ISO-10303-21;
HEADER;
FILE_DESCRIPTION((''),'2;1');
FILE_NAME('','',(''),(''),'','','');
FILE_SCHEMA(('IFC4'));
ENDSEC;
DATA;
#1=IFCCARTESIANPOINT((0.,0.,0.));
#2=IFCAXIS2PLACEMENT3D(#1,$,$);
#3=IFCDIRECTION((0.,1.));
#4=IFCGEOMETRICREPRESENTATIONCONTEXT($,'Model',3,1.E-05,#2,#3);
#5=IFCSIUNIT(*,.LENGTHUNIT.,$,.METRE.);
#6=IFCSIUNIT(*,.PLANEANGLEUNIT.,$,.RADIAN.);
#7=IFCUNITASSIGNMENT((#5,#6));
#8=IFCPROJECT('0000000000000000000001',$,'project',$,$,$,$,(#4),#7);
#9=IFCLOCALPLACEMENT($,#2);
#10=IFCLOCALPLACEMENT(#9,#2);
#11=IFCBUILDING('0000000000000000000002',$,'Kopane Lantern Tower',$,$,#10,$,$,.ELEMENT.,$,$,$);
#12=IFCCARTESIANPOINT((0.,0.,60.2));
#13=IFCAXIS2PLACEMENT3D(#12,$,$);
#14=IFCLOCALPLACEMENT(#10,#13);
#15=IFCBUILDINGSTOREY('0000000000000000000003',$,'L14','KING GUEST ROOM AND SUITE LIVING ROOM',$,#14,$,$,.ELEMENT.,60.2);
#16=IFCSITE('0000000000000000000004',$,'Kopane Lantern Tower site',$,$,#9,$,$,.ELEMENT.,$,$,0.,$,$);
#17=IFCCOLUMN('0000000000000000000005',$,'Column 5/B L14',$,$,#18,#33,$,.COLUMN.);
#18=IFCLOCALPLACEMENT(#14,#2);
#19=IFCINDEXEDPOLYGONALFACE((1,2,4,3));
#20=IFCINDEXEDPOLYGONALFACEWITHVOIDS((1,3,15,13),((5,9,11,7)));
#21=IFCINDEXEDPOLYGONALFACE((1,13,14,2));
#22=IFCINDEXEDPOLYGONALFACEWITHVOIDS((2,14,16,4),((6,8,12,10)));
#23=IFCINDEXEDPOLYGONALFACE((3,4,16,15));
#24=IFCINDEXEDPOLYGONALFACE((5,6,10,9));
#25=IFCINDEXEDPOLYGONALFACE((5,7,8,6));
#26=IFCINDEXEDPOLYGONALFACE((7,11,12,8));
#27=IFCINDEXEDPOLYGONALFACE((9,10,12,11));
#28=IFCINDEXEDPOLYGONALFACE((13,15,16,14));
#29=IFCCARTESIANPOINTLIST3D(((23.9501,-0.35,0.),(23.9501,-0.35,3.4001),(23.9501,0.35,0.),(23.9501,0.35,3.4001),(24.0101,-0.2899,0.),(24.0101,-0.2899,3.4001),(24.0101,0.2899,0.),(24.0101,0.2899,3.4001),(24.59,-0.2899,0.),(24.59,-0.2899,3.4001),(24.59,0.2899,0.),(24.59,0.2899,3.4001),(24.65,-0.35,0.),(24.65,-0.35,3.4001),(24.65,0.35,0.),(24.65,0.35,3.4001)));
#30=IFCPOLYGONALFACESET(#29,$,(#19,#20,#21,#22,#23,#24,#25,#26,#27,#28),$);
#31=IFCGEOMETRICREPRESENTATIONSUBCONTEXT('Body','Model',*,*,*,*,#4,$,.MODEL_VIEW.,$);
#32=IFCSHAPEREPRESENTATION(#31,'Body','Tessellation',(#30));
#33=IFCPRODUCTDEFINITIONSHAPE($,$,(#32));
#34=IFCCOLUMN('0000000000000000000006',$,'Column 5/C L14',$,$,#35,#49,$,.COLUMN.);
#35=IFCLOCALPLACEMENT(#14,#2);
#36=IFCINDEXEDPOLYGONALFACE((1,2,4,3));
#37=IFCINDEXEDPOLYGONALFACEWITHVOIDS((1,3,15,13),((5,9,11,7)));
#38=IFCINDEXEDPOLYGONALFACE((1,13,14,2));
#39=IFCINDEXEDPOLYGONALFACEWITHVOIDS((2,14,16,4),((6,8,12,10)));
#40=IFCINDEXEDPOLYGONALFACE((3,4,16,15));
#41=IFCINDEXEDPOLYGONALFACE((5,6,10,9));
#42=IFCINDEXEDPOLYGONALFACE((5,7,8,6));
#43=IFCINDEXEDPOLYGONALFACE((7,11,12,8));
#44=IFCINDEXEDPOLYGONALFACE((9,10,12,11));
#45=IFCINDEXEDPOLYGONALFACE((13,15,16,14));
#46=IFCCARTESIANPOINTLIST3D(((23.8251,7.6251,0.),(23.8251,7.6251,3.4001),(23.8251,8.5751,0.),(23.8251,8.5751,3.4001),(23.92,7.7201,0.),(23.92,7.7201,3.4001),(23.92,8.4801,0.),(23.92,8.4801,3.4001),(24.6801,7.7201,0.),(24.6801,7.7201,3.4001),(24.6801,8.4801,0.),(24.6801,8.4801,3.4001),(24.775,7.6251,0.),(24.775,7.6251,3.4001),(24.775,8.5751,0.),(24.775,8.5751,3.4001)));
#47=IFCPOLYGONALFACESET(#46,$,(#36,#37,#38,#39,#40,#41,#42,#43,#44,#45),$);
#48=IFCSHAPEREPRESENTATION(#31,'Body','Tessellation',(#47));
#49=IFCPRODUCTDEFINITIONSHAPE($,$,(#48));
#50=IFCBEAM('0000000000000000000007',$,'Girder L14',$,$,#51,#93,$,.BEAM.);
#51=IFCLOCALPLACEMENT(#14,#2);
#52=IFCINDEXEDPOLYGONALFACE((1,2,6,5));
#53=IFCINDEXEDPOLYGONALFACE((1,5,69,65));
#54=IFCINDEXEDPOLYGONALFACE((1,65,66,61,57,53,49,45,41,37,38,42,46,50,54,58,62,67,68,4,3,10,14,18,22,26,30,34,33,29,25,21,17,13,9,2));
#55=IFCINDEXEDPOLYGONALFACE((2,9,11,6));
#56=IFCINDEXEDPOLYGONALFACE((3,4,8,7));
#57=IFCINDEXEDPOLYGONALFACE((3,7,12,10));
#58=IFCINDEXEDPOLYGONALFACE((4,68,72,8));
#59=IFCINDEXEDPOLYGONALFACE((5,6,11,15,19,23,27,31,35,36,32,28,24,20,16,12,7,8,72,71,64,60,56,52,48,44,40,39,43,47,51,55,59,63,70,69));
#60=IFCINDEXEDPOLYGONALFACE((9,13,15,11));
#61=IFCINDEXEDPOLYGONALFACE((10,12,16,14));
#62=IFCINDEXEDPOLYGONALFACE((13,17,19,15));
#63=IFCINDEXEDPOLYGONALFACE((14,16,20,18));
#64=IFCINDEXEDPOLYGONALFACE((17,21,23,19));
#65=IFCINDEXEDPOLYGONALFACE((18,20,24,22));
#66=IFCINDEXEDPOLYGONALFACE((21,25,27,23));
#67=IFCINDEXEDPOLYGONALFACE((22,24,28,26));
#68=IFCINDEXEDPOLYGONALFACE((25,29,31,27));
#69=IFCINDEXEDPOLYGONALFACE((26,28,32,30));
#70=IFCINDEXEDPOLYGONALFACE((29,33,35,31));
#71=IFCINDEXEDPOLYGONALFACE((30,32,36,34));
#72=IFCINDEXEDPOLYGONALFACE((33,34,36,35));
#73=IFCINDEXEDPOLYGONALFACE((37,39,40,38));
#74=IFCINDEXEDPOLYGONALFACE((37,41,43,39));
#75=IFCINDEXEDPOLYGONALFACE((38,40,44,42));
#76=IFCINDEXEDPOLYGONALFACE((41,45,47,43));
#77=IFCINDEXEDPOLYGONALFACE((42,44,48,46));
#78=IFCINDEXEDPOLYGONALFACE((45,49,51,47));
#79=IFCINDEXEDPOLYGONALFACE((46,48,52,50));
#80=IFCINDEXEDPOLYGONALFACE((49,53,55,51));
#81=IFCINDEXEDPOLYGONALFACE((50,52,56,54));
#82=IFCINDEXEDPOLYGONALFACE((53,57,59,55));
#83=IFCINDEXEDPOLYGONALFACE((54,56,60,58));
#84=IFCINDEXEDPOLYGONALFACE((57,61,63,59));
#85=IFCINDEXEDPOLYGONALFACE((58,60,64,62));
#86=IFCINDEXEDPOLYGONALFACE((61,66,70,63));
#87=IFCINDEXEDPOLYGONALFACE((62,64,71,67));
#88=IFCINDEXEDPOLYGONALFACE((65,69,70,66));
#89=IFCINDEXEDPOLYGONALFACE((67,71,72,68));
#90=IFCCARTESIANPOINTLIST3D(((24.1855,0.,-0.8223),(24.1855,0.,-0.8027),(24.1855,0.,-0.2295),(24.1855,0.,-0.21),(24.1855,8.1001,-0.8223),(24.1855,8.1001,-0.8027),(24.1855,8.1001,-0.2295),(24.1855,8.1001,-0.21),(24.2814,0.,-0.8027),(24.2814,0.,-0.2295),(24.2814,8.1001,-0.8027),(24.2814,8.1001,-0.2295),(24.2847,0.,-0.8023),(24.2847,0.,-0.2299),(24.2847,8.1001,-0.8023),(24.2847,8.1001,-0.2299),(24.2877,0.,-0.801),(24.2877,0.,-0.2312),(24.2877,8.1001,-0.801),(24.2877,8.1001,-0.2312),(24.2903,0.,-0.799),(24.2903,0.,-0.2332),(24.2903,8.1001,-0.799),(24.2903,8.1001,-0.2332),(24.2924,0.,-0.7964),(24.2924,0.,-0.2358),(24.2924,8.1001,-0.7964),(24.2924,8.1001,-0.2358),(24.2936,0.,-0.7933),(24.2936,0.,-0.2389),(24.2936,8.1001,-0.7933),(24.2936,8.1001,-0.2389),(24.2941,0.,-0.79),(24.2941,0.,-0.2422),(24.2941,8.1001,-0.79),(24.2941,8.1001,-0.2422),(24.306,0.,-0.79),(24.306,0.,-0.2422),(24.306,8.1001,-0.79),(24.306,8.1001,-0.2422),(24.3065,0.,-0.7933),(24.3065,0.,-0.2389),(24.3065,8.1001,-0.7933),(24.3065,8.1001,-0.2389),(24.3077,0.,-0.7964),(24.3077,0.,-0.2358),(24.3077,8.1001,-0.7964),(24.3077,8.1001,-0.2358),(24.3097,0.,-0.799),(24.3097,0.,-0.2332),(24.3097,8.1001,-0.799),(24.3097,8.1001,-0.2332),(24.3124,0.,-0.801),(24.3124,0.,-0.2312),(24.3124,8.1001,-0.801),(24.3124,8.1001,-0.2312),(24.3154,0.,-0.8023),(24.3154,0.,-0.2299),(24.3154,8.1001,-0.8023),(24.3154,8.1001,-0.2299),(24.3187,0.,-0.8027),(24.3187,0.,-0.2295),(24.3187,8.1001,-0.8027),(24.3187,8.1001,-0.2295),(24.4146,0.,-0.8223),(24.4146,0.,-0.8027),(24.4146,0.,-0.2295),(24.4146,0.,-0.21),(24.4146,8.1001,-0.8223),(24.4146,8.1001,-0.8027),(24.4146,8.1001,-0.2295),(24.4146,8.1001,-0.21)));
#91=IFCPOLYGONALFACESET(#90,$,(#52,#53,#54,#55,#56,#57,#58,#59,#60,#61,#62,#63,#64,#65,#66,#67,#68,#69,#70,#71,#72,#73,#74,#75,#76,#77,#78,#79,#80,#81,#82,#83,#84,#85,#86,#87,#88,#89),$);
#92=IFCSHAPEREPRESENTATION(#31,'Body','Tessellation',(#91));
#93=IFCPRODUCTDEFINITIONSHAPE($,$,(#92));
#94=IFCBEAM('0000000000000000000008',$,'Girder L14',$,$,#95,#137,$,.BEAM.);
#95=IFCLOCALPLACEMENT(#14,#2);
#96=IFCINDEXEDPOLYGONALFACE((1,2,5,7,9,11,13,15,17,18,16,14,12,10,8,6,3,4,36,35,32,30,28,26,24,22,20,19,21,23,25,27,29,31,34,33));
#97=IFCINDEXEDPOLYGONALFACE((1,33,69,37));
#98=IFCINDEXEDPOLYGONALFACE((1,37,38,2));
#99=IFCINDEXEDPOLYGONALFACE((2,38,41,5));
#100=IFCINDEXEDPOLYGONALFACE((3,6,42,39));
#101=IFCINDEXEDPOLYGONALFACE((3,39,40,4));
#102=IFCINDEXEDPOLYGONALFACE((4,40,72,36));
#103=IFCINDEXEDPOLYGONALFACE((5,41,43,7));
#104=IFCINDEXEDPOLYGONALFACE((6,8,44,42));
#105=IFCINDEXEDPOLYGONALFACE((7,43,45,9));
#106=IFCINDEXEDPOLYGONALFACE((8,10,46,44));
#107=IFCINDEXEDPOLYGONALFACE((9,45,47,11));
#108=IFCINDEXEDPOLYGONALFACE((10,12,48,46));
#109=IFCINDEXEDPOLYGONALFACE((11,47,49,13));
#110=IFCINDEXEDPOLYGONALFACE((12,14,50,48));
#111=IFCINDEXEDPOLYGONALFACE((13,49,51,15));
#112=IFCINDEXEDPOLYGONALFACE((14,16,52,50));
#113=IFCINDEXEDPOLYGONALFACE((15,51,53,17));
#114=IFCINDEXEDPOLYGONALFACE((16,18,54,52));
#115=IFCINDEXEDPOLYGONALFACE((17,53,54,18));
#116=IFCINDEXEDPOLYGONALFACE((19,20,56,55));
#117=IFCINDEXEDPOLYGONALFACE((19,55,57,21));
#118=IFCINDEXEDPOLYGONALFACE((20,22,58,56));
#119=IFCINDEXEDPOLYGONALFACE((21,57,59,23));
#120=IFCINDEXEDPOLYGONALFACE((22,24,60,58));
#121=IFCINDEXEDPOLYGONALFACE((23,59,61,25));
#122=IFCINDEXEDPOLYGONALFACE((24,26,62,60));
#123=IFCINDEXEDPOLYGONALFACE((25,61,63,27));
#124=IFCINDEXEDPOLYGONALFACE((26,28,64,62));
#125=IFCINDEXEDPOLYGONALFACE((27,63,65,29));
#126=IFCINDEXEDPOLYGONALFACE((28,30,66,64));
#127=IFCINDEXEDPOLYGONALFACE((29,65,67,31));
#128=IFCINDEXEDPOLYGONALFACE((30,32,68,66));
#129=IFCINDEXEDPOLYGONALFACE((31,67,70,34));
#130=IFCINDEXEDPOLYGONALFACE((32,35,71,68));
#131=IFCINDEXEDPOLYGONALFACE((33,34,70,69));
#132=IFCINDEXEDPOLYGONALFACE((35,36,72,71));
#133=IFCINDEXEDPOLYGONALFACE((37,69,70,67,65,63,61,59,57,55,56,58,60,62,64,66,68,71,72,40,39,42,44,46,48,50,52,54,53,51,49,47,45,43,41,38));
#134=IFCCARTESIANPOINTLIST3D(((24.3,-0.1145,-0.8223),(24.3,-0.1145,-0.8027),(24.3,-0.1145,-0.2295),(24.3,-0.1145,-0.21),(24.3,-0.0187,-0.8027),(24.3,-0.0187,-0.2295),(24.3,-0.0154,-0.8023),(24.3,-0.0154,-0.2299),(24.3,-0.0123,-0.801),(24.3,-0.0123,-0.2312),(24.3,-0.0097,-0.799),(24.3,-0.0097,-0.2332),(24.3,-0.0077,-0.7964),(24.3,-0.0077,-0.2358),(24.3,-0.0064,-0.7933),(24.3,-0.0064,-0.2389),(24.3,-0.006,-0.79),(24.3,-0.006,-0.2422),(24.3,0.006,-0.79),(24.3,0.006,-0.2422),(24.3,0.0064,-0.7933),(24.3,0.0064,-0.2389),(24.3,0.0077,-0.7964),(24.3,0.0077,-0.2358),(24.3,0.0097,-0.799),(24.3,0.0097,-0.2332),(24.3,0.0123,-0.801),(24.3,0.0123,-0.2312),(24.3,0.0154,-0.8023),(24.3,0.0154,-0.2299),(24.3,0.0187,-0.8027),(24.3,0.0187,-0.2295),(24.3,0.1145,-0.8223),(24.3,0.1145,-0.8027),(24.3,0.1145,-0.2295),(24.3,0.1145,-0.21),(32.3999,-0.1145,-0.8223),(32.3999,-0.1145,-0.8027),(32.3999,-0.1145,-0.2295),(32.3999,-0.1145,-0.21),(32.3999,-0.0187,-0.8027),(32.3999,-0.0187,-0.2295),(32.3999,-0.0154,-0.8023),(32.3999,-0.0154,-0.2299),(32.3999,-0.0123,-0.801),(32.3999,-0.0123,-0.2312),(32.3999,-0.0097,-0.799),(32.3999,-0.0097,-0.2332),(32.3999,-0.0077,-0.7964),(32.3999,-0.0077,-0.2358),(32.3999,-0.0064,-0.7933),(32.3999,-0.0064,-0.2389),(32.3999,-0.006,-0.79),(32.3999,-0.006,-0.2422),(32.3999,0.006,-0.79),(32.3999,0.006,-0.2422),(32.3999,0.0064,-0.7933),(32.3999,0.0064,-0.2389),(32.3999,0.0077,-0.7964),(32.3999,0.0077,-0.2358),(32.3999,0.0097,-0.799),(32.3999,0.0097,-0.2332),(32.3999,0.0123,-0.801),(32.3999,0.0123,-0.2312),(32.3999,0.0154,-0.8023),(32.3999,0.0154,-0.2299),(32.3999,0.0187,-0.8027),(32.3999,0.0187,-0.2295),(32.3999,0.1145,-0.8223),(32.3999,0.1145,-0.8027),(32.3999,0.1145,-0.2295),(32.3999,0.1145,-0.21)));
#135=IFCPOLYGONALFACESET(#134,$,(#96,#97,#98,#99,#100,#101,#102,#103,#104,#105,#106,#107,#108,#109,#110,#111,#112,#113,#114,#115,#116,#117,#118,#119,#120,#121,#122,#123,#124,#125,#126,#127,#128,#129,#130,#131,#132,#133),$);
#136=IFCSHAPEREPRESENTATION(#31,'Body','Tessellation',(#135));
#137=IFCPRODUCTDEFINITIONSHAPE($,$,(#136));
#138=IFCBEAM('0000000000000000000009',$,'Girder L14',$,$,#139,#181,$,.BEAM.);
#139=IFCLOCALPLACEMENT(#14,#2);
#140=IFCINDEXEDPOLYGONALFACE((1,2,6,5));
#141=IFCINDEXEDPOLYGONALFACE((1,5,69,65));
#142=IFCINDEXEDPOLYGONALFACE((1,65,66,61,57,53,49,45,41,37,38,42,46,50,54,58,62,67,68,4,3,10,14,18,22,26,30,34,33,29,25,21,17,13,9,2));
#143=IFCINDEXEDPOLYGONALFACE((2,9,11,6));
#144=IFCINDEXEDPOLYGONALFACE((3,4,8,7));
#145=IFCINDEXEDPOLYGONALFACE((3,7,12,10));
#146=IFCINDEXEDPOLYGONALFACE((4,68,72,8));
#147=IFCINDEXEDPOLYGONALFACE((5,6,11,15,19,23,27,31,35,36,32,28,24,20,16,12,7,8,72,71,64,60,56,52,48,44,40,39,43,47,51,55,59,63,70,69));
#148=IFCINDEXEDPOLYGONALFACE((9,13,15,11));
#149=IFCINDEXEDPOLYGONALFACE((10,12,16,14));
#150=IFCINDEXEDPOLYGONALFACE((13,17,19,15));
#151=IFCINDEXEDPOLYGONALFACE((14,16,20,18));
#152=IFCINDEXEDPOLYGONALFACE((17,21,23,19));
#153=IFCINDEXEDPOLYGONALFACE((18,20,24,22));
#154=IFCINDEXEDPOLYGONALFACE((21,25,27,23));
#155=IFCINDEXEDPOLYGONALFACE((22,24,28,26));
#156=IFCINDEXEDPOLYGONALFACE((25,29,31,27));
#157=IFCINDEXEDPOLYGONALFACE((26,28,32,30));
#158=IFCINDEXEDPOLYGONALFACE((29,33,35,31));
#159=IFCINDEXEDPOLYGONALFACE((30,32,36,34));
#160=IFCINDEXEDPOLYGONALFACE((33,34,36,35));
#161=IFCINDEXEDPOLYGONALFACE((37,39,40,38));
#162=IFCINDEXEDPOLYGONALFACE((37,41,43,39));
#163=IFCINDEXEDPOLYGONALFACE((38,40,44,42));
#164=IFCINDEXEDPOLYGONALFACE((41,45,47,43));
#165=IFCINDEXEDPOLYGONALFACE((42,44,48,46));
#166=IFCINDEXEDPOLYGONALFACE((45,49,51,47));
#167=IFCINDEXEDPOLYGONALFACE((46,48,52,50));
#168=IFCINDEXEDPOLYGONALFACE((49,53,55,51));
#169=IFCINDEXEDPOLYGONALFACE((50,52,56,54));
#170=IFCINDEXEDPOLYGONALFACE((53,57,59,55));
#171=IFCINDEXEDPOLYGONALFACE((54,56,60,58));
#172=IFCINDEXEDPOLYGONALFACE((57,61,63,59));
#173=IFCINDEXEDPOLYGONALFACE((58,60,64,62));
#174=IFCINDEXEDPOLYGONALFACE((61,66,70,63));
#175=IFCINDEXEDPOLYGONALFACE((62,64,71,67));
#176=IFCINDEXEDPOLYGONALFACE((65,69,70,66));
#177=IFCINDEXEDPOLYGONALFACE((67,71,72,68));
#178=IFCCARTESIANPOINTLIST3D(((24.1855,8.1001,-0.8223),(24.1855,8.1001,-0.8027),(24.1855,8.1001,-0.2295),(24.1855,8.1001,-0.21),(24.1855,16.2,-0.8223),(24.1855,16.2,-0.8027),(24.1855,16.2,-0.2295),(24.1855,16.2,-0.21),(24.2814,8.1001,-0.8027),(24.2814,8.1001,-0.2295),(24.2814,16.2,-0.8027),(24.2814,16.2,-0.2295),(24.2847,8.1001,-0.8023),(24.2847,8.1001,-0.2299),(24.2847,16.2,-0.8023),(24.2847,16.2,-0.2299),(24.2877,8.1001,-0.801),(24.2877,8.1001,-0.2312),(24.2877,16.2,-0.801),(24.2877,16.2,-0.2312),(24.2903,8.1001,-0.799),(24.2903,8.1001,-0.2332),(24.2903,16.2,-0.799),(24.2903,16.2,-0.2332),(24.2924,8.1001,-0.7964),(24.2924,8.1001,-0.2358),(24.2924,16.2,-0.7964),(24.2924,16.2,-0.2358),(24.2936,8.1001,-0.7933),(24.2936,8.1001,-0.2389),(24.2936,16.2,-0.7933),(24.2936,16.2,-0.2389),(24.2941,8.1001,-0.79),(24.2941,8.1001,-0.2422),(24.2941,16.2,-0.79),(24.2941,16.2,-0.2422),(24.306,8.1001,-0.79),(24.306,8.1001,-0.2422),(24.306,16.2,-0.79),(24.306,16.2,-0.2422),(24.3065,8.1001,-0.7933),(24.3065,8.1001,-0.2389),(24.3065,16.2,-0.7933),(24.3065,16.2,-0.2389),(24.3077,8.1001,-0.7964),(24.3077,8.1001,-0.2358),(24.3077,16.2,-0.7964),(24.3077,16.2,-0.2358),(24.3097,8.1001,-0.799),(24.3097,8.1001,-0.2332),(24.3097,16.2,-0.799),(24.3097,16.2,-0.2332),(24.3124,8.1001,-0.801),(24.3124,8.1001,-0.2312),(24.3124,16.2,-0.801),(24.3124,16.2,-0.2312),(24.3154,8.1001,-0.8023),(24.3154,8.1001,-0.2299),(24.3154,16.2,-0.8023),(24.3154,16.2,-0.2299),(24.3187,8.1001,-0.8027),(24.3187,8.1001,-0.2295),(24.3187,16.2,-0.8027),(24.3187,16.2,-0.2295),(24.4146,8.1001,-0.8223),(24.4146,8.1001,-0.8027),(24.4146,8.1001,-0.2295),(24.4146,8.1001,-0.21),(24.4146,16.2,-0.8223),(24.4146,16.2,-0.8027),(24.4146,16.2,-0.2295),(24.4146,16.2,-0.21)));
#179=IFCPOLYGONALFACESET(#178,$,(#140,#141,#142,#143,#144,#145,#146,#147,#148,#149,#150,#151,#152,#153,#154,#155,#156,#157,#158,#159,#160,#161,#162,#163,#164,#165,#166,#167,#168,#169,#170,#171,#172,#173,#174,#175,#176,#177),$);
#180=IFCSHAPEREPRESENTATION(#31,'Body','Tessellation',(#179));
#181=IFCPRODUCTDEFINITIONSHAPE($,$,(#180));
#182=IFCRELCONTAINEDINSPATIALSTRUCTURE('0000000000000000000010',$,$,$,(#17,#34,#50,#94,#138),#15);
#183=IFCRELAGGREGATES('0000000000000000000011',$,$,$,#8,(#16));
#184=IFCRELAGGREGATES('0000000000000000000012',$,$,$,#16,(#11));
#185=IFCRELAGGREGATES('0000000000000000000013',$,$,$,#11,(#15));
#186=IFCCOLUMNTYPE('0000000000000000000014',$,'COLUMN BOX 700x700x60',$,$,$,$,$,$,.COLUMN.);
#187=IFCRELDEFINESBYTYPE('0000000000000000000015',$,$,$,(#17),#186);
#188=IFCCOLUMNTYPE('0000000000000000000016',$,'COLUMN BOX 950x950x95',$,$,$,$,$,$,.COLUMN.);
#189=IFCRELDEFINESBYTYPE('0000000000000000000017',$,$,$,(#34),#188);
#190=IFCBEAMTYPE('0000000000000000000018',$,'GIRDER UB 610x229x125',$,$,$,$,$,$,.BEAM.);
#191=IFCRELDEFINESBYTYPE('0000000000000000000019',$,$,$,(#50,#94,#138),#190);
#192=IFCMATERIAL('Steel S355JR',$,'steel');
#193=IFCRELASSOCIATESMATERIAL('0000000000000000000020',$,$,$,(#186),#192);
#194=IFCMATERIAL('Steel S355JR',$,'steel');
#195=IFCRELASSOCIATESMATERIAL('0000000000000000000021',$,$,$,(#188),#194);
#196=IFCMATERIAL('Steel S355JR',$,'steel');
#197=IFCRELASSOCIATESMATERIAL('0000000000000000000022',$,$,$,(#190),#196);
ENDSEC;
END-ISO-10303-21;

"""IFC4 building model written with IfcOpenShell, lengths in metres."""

from ifc_helpers import new_model, si_unit, direction, frame, origin, origin_2d, place, context, subcontext, project, spatial, hollow_rectangle, i_section, extrude, material, material_profile, profile_set, type_object, element, save


model = new_model("IFC4")

# Units and contexts
model_context = context("Model", 3, precision=1e-05, world=origin(), true_north=direction((0.0, 1.0)))
body_context = subcontext(model_context, "Body", "Model", "MODEL_VIEW")
ifc_project = project(units=[si_unit("LENGTHUNIT", "METRE"), si_unit("PLANEANGLEUNIT", "RADIAN")], contexts=[model_context])

# Site, building, storey
site_placement = place(None, origin())
site = spatial("IfcSite", under=ifc_project, at=site_placement, Name="Kopane Lantern Tower site", CompositionType="ELEMENT", RefElevation=0.0)
building_placement = place(site_placement, origin())
building = spatial("IfcBuilding", under=site, at=building_placement, Name="Kopane Lantern Tower", CompositionType="ELEMENT")
storey_placement = place(building_placement, frame((0.0, 0.0, 60.2)))
storey = spatial("IfcBuildingStorey", under=building, at=storey_placement, Name="L14", Description="KING GUEST ROOM AND SUITE LIVING ROOM", CompositionType="ELEMENT", Elevation=60.2)

# Columns
ifc_material_1 = material(Name="Steel S355JR", Category="steel")
ifc_material_profile_1 = material_profile(ifc_material_1, hollow_rectangle(XDim=0.7, YDim=0.7, WallThickness=0.0601, at=origin_2d()), Name="BOX 700x700x60")
ifc_profile_set_1 = profile_set([ifc_material_profile_1], Name="Steel S355JR")
column_type_1 = type_object("IfcColumnType", Name="COLUMN BOX 700x700x60", PredefinedType="COLUMN", material=ifc_profile_set_1)
column_1_placement = place(storey_placement, frame((24.3, 0.0, 0.0), z_axis=(0.0, 0.0, 1.0), x_axis=(1.0, 0.0, 0.0)))
element("IfcColumn", 1, at=column_1_placement, inside=storey, type_object=column_type_1, Name="Column 5/B L14", PredefinedType="COLUMN", context=body_context, shape_type="SweptSolid", body=[
    extrude(hollow_rectangle(XDim=0.7, YDim=0.7, WallThickness=0.0601, at=origin_2d()), origin(), (0.0, 0.0, 1.0), 3.4001),
])
ifc_material_2 = material(Name="Steel S355JR", Category="steel")
ifc_material_profile_2 = material_profile(ifc_material_2, hollow_rectangle(XDim=0.95, YDim=0.95, WallThickness=0.095, at=origin_2d()), Name="BOX 950x950x95")
ifc_profile_set_2 = profile_set([ifc_material_profile_2], Name="Steel S355JR")
column_type_2 = type_object("IfcColumnType", Name="COLUMN BOX 950x950x95", PredefinedType="COLUMN", material=ifc_profile_set_2)
column_2_placement = place(storey_placement, frame((24.3, 8.1001, 0.0), z_axis=(0.0, 0.0, 1.0), x_axis=(1.0, 0.0, 0.0)))
element("IfcColumn", 2, at=column_2_placement, inside=storey, type_object=column_type_2, Name="Column 5/C L14", PredefinedType="COLUMN", context=body_context, shape_type="SweptSolid", body=[
    extrude(hollow_rectangle(XDim=0.95, YDim=0.95, WallThickness=0.095, at=origin_2d()), origin(), (0.0, 0.0, 1.0), 3.4001),
])

# Beams
ifc_material_3 = material(Name="Steel S355JR", Category="steel")
ifc_material_profile_3 = material_profile(ifc_material_3, i_section(OverallWidth=0.229, OverallDepth=0.6123, WebThickness=0.012, FlangeThickness=0.0195, FilletRadius=0.0127, at=origin_2d()), Name="UB 610x229x125")
ifc_profile_set_3 = profile_set([ifc_material_profile_3], Name="Steel S355JR")
beam_type = type_object("IfcBeamType", Name="GIRDER UB 610x229x125", PredefinedType="BEAM", material=ifc_profile_set_3)
beam_placement = place(storey_placement, frame((24.3, 0.0, -0.5161), z_axis=(0.0, 1.0, 0.0), x_axis=(-1.0, 0.0, 0.0)))
element("IfcBeam", 3, at=beam_placement, inside=storey, type_object=beam_type, Name="Girder L14", PredefinedType="BEAM", context=body_context, shape_type="SweptSolid", body=[
    extrude(i_section(OverallWidth=0.229, OverallDepth=0.6123, WebThickness=0.012, FlangeThickness=0.0195, FilletRadius=0.0127, at=origin_2d()), origin(), (0.0, 0.0, 1.0), 8.1001),
])
for number, where, z_axis, x_axis, name in (
    (4, (24.3, 0.0, -0.5161), (1.0, 0.0, 0.0), (0.0, 1.0, 0.0), "Girder L14"),
    (5, (24.3, 8.1001, -0.5161), (0.0, 1.0, 0.0), (-1.0, 0.0, 0.0), "Girder L14"),
):
    element("IfcBeam", number, at=place(storey_placement, frame(where, z_axis=z_axis, x_axis=x_axis)), inside=storey, type_object=beam_type, Name=name, PredefinedType="BEAM", context=body_context, shape_type="SweptSolid", body=[
        extrude(i_section(OverallWidth=0.229, OverallDepth=0.6123, WebThickness=0.012, FlangeThickness=0.0195, FilletRadius=0.0127, at=origin_2d()), origin(), (0.0, 0.0, 1.0), 8.0999),
    ])

save(model, "model.ifc")
